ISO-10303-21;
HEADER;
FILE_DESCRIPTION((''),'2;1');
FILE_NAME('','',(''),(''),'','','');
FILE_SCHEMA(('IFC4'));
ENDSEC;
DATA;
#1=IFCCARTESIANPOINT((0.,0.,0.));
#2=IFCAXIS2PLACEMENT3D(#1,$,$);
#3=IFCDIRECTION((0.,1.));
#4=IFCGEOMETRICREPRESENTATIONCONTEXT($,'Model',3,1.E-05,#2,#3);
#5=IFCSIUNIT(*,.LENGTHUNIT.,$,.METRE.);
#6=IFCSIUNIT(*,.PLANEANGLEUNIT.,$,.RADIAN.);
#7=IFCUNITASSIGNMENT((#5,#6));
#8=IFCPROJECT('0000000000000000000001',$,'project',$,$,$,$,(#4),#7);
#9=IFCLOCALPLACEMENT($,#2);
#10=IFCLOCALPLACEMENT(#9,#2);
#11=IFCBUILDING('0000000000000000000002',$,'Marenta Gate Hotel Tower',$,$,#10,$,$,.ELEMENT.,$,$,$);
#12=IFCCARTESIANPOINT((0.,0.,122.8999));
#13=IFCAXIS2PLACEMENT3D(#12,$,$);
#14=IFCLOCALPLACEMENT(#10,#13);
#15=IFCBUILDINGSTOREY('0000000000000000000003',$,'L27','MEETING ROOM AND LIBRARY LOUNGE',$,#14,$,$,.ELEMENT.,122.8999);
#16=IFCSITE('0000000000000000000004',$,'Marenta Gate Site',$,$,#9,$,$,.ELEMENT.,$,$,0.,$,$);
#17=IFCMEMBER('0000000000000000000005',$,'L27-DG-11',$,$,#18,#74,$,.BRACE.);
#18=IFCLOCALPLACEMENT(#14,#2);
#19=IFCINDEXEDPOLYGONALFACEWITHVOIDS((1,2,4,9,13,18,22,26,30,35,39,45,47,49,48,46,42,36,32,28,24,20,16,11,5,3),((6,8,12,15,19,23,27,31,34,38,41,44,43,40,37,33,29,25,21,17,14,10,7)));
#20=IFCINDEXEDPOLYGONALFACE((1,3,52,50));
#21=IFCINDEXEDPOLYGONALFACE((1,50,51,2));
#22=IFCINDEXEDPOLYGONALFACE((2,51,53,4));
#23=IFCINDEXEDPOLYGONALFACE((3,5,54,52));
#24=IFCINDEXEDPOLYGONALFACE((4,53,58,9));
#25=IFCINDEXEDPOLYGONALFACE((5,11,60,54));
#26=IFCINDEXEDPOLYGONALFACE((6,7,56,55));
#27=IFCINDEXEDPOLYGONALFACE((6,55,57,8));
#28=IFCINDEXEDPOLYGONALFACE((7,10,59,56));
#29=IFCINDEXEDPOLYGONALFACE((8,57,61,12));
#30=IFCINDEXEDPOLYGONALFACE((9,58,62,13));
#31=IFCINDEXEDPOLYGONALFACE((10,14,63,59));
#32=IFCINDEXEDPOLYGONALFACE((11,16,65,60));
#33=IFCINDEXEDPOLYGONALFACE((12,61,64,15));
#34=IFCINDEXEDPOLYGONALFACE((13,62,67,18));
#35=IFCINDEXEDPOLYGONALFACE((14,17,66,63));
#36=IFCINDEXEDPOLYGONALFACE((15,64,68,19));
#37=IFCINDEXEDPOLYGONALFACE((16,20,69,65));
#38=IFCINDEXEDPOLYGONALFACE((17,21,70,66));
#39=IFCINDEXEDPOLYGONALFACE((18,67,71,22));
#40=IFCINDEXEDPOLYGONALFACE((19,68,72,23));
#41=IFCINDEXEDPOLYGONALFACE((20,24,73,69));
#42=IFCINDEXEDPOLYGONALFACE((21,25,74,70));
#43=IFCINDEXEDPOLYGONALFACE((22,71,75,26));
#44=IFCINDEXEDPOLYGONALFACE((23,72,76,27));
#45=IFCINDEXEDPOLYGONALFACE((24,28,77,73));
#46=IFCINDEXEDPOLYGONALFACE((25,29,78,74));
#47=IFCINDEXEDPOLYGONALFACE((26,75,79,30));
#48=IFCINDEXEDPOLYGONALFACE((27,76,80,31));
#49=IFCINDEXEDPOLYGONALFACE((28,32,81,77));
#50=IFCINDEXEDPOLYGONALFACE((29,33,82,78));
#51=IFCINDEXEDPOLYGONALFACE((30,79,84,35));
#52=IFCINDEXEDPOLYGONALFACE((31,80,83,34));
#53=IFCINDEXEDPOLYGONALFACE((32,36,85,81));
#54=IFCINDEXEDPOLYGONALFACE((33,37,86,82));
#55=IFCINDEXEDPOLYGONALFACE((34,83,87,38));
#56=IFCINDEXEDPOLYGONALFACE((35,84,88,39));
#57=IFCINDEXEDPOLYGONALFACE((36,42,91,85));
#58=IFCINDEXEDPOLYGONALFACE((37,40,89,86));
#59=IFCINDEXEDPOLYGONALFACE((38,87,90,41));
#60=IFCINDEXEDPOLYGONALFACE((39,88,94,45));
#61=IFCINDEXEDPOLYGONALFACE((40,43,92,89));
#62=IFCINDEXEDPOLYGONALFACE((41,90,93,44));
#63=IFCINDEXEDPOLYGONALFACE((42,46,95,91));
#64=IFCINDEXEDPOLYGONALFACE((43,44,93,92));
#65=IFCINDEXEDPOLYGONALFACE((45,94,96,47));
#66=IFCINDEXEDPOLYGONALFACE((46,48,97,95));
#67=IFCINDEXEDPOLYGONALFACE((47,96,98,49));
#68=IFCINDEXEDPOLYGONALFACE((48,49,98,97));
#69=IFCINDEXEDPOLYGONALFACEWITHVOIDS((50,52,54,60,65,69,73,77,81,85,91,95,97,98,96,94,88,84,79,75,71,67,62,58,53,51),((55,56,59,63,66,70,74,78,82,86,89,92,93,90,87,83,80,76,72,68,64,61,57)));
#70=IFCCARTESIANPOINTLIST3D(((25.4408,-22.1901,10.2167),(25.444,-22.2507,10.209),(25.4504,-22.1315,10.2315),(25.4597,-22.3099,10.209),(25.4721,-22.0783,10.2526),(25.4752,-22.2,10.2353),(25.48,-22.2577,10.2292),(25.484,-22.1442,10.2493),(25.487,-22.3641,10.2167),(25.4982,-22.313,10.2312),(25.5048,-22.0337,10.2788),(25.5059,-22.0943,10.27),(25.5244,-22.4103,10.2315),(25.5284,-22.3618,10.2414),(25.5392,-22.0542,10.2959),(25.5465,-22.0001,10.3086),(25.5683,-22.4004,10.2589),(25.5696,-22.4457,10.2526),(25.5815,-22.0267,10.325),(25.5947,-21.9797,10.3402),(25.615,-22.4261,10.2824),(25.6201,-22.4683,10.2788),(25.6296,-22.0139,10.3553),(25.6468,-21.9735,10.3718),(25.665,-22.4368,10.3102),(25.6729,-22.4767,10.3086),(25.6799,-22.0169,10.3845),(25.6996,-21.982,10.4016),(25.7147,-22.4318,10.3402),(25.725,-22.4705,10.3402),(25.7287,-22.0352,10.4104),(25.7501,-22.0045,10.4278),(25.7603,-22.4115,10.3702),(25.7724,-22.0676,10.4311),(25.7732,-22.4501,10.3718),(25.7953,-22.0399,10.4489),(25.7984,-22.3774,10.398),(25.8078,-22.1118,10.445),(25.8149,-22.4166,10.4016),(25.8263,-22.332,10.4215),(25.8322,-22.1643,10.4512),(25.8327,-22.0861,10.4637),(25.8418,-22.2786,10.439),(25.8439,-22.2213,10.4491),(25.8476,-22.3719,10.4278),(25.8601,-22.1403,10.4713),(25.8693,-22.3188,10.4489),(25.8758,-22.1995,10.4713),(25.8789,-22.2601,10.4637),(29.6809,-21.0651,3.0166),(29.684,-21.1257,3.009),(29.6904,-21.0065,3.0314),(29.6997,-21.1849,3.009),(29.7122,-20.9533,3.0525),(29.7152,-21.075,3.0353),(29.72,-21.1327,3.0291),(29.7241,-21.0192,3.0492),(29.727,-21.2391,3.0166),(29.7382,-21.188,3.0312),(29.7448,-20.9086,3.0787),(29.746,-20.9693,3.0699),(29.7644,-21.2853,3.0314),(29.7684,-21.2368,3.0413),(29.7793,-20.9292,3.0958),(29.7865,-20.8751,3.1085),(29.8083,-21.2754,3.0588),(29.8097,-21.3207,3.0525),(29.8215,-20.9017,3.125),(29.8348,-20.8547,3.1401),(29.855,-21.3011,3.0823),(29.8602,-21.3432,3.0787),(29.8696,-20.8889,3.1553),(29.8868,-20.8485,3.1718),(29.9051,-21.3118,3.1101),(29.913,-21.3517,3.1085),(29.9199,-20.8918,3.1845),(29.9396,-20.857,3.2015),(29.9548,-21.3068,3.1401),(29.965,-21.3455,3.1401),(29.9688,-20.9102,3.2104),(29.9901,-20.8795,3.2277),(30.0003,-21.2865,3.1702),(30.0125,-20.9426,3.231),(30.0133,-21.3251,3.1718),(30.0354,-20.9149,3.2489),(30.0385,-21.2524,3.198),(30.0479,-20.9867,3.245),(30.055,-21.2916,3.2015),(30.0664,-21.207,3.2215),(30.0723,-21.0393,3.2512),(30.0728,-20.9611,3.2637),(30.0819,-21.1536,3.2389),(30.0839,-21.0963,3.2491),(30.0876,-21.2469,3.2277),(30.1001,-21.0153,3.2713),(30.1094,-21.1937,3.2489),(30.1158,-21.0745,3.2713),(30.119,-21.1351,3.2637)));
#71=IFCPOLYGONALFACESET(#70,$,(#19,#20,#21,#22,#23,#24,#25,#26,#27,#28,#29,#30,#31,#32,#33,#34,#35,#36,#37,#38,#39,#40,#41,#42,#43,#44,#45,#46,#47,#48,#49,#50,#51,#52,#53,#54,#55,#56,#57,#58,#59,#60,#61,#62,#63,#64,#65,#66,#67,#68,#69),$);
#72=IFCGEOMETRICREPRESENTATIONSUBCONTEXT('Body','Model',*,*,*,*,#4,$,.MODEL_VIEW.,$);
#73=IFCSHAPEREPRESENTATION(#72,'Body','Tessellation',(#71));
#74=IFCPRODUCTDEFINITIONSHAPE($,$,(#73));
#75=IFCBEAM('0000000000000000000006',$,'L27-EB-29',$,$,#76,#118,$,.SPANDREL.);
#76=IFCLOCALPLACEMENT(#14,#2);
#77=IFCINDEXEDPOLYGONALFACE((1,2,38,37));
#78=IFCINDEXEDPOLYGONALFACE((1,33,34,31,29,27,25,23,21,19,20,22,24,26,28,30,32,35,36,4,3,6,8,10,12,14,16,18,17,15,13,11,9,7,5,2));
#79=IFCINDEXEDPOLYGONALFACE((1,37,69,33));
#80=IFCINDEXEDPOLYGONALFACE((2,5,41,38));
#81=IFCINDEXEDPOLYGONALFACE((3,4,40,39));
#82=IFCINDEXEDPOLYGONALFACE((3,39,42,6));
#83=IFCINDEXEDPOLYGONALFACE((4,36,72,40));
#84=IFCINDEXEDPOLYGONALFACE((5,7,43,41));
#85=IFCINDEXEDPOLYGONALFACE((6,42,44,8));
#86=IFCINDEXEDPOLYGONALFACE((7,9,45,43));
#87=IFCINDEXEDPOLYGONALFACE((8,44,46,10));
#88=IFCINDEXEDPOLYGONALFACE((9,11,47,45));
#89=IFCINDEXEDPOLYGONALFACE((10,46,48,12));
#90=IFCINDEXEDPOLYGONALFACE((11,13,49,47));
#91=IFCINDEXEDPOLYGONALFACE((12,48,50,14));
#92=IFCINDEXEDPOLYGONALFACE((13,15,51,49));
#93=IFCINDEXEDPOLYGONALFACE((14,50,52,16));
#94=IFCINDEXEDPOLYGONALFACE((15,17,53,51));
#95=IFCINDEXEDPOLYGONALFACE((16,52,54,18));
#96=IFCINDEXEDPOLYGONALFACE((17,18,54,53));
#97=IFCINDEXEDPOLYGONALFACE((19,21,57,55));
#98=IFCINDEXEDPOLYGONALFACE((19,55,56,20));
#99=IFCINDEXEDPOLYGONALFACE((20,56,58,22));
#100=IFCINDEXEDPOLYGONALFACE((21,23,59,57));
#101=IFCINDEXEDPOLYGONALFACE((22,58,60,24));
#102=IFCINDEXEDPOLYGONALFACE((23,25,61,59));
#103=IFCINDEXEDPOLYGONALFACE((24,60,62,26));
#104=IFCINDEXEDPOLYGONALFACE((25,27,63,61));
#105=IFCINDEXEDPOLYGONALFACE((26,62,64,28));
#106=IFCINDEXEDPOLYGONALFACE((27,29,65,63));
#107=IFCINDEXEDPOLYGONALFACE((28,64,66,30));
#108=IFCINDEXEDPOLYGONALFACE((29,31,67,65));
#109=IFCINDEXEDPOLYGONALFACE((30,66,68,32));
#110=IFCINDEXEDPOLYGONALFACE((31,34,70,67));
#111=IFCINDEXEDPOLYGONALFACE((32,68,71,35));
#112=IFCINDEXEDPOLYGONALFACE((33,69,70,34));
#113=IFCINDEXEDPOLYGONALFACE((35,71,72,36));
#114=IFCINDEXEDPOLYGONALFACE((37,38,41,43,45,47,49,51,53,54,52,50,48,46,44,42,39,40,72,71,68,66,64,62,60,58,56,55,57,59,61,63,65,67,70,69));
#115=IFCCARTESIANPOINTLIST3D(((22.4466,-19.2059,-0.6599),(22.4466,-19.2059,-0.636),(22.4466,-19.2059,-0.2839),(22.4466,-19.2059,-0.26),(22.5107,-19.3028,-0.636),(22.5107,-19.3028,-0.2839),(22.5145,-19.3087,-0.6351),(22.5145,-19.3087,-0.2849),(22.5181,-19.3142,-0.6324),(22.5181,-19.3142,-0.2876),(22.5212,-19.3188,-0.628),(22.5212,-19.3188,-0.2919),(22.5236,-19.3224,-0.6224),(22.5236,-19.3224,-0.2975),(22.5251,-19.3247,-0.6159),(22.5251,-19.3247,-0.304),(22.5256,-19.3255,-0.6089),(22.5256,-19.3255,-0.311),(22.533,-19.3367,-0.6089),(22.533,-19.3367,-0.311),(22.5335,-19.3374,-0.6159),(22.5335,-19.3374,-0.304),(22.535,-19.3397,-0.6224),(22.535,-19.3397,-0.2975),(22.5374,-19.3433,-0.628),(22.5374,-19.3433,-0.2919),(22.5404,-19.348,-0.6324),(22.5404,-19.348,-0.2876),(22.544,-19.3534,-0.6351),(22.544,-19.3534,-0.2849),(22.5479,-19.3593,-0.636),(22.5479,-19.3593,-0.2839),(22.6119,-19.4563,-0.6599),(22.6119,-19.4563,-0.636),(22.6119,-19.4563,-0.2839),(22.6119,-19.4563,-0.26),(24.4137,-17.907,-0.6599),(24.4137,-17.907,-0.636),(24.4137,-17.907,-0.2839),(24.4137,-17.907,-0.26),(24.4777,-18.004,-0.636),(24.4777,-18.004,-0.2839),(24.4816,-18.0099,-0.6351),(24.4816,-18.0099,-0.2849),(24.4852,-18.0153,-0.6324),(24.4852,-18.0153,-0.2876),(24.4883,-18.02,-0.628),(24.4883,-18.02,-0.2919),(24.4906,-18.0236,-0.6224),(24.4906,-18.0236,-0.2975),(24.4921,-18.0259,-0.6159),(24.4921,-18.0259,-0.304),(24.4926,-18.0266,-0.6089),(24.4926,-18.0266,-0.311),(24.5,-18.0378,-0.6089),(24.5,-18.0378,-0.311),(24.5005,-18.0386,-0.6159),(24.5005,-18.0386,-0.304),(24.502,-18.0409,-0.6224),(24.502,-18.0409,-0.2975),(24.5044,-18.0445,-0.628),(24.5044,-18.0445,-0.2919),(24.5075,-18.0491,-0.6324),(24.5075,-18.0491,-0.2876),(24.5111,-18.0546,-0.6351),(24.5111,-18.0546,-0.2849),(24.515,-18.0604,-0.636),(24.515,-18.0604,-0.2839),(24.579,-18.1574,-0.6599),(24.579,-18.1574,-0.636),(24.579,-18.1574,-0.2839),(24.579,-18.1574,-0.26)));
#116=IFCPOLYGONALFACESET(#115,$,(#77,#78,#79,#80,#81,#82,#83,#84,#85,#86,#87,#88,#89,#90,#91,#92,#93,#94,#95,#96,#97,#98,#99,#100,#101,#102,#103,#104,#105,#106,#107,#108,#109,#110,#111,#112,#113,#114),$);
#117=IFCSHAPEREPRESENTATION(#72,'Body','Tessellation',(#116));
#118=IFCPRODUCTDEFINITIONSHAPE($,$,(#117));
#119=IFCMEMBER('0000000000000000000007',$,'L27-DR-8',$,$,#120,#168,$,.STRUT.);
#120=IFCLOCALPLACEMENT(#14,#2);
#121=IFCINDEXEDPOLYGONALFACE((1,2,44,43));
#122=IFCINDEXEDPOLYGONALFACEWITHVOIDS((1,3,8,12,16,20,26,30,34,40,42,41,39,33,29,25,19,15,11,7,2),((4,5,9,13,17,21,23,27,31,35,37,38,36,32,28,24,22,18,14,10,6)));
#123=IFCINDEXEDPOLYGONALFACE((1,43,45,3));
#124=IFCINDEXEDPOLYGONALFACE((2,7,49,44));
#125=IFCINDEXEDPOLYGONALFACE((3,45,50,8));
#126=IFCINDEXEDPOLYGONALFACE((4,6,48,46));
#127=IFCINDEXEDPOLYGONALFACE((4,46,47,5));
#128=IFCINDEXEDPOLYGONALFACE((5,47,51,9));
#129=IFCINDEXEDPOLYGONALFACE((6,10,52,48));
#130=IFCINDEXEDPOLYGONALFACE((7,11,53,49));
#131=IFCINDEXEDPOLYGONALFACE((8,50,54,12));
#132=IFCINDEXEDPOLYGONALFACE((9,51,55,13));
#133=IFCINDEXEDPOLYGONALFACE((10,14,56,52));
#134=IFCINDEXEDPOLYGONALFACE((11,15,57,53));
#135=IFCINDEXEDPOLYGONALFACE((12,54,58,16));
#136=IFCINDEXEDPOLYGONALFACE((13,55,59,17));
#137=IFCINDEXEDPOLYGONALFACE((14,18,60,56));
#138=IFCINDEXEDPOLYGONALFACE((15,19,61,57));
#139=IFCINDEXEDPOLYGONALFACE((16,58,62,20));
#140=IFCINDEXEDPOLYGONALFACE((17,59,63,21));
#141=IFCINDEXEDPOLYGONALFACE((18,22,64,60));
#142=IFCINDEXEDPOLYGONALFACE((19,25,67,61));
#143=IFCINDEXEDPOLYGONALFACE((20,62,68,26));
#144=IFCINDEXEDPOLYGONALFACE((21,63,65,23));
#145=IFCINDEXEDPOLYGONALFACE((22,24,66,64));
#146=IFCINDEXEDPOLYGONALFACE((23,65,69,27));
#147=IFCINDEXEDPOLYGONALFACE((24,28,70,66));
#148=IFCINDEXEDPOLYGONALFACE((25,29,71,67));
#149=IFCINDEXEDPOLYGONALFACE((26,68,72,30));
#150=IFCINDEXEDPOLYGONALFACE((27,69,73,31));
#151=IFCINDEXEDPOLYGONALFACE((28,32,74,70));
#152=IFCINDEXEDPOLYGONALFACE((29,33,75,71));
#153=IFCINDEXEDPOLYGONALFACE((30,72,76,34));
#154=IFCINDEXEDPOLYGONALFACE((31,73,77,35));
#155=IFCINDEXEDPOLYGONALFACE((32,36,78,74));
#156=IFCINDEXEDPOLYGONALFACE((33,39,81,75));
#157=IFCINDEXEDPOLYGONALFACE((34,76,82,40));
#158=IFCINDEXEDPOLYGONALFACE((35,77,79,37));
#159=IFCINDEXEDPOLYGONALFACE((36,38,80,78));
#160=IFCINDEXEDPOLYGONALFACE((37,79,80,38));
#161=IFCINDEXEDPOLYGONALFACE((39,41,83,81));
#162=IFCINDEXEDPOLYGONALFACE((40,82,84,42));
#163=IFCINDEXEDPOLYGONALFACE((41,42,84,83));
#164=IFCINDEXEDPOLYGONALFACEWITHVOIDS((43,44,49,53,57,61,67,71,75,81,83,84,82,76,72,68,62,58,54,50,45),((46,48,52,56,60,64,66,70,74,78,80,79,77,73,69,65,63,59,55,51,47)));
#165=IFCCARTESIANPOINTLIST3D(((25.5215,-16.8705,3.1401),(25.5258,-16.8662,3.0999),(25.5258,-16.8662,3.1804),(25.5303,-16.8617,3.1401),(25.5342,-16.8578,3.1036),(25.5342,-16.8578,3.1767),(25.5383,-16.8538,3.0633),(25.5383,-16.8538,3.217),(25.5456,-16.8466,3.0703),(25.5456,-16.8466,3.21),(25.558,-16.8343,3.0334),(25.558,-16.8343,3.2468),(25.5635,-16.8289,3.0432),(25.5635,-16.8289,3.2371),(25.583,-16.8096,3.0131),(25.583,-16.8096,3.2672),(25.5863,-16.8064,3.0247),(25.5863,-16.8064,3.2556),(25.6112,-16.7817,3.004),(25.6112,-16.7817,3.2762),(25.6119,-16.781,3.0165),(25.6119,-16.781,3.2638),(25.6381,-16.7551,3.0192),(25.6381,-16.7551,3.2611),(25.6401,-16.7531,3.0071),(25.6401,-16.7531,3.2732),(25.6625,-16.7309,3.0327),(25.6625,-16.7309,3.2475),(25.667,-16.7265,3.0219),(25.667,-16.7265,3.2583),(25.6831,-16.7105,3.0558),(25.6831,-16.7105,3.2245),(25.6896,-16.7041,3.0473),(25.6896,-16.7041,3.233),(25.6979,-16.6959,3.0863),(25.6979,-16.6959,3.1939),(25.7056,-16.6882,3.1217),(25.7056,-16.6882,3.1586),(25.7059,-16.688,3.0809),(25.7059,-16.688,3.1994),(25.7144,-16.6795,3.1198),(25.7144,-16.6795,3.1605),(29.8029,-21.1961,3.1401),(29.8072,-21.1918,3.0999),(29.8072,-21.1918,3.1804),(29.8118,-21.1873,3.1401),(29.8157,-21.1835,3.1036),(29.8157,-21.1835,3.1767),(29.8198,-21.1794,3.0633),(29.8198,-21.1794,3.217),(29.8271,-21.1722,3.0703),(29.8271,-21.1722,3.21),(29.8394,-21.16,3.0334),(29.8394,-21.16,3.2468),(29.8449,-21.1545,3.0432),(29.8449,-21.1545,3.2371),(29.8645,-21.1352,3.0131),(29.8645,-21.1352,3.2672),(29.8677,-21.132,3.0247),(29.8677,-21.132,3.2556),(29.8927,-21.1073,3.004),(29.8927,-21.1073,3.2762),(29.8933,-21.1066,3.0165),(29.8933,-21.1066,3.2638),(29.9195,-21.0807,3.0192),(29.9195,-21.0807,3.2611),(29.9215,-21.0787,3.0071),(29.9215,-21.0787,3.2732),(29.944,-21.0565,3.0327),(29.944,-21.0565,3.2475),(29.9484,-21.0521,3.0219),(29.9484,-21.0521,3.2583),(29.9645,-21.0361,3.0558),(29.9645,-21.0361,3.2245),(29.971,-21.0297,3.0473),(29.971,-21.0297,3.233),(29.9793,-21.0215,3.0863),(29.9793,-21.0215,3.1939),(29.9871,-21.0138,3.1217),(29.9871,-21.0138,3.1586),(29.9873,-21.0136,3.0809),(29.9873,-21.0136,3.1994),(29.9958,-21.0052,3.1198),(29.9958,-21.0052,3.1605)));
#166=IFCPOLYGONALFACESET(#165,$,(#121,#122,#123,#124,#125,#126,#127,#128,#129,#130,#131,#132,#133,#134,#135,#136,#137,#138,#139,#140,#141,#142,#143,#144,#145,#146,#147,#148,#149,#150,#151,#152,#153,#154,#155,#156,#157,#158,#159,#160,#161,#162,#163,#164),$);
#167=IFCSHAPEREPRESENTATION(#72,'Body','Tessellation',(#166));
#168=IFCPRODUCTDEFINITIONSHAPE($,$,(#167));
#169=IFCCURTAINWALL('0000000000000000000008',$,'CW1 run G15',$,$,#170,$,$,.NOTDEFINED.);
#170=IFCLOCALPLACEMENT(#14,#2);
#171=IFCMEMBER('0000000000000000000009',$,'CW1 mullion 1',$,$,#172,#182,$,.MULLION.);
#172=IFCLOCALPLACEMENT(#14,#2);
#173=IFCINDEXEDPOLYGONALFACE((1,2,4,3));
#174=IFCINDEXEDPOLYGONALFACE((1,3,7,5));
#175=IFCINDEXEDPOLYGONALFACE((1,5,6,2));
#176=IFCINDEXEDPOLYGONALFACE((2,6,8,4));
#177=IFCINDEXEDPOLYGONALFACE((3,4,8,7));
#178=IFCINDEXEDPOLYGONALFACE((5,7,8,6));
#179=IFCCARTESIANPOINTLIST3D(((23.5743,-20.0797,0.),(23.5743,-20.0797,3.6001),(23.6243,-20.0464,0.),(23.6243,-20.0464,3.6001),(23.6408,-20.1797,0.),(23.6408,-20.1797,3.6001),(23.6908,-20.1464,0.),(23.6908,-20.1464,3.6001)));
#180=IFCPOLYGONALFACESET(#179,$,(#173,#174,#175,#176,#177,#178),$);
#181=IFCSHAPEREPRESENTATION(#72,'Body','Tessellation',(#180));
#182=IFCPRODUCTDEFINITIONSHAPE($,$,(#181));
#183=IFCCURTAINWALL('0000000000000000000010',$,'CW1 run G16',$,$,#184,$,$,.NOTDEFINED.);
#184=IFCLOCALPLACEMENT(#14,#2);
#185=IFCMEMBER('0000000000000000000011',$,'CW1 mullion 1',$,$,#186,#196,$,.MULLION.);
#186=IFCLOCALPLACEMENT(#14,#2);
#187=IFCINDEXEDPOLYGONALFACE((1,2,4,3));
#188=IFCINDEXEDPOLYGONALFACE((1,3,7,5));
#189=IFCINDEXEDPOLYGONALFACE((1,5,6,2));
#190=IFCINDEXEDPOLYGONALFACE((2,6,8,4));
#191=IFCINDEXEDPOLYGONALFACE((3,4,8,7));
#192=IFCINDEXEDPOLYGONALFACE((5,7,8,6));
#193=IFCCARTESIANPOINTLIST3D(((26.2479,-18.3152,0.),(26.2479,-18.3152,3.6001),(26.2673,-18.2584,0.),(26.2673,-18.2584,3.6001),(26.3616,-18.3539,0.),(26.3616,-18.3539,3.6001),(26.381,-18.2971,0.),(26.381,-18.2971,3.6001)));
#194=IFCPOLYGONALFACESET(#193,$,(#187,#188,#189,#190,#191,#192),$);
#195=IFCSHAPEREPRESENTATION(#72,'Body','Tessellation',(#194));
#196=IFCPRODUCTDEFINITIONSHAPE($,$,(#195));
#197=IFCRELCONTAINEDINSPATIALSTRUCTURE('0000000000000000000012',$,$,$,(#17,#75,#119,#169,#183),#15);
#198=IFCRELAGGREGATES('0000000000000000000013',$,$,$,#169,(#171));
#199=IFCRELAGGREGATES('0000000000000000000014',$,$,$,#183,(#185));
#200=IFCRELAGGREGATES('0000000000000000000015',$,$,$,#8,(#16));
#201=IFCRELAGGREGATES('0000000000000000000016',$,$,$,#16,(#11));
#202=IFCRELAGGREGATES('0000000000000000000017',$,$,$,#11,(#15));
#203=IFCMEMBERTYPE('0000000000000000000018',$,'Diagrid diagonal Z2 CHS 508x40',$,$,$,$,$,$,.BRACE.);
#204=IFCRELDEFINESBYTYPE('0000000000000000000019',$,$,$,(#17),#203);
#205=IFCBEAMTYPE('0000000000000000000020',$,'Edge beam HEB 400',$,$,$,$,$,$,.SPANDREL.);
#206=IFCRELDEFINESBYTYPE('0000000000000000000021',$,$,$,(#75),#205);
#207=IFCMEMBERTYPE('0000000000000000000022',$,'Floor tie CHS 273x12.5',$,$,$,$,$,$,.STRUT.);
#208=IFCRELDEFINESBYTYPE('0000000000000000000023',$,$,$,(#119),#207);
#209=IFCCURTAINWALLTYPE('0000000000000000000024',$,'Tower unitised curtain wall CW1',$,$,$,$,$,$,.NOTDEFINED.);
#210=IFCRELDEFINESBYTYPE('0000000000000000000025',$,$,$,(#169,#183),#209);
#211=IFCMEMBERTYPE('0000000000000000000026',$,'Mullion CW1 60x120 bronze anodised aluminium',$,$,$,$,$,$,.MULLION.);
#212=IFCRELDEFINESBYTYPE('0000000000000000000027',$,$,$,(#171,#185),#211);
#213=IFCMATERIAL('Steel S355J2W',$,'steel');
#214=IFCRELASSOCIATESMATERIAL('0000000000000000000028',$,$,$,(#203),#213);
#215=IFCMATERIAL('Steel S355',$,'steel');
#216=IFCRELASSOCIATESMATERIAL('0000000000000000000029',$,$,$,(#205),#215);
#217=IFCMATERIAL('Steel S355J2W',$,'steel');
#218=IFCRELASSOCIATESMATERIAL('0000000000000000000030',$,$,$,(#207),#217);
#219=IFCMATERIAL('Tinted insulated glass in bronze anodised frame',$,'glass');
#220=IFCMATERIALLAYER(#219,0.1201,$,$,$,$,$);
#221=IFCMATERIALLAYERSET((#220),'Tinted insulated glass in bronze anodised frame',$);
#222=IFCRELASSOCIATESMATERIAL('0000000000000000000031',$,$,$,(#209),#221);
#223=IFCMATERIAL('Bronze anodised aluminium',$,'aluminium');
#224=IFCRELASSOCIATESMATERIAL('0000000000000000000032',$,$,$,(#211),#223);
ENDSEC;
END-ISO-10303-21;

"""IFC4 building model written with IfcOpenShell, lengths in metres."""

from ifc_helpers import new_model, si_unit, direction, frame, origin, origin_2d, place, context, subcontext, project, spatial, rectangle, hollow_circle, i_section, extrude, material, layer, layer_set, material_profile, profile_set, type_object, element, aggregate, save


model = new_model("IFC4")

# Units and contexts
model_context = context("Model", 3, precision=1e-05, world=origin(), true_north=direction((0.0, 1.0)))
body_context = subcontext(model_context, "Body", "Model", "MODEL_VIEW")
ifc_project = project(units=[si_unit("LENGTHUNIT", "METRE"), si_unit("PLANEANGLEUNIT", "RADIAN")], contexts=[model_context])

# Site, building, storey
site_placement = place(None, origin())
site = spatial("IfcSite", under=ifc_project, at=site_placement, Name="Marenta Gate Site", CompositionType="ELEMENT", RefElevation=0.0)
building_placement = place(site_placement, origin())
building = spatial("IfcBuilding", under=site, at=building_placement, Name="Marenta Gate Hotel Tower", CompositionType="ELEMENT")
storey_placement = place(building_placement, frame((0.0, 0.0, 122.8999)))
storey = spatial("IfcBuildingStorey", under=building, at=storey_placement, Name="L27", Description="MEETING ROOM AND LIBRARY LOUNGE", CompositionType="ELEMENT", Elevation=122.8999)

# Member
ifc_material_1 = material(Name="Steel S355J2W", Category="steel")
ifc_material_profile_1 = material_profile(ifc_material_1, hollow_circle(Radius=0.2539, WallThickness=0.04, at=origin_2d()), Name="CHS 508x40")
ifc_profile_set_1 = profile_set([ifc_material_profile_1], Name="Steel S355J2W")
member_type_1 = type_object("IfcMemberType", Name="Diagrid diagonal Z2 CHS 508x40", PredefinedType="BRACE", material=ifc_profile_set_1)
member_1_placement = place(storey_placement, frame((29.8999, -21.1001, 3.1401), z_axis=(-0.502902, -0.133435, 0.853981), x_axis=(0.256457, -0.966556, 0.0)))
element("IfcMember", 1, at=member_1_placement, inside=storey, type_object=member_type_1, Name="L27-DG-11", PredefinedType="BRACE", context=body_context, shape_type="SweptSolid", body=[
    extrude(hollow_circle(Radius=0.2539, WallThickness=0.04, at=origin_2d()), origin(), (0.0, 0.0, 1.0), 8.4312),
])

# Beam
ifc_material_2 = material(Name="Steel S355", Category="steel")
ifc_material_profile_2 = material_profile(ifc_material_2, i_section(OverallWidth=0.3, OverallDepth=0.3999, WebThickness=0.0134, FlangeThickness=0.0239, FilletRadius=0.0271, at=origin_2d()), Name="HEB 400")
ifc_profile_set_2 = profile_set([ifc_material_profile_2], Name="Steel S355")
beam_type = type_object("IfcBeamType", Name="Edge beam HEB 400", PredefinedType="SPANDREL", material=ifc_profile_set_2)
beam_placement = place(storey_placement, frame((24.4963, -18.0322, -0.46), z_axis=(-0.834496, -0.551014, 0.0), x_axis=(0.551014, -0.834496, 0.0)))
element("IfcBeam", 2, at=beam_placement, inside=storey, type_object=beam_type, Name="L27-EB-29", PredefinedType="SPANDREL", context=body_context, shape_type="SweptSolid", body=[
    extrude(i_section(OverallWidth=0.3, OverallDepth=0.3999, WebThickness=0.0134, FlangeThickness=0.0239, FilletRadius=0.0271, at=origin_2d()), origin(), (0.0, 0.0, 1.0), 2.3572),
])

# Member
ifc_material_3 = material(Name="Steel S355J2W", Category="steel")
ifc_material_profile_3 = material_profile(ifc_material_3, hollow_circle(Radius=0.1365, WallThickness=0.0125, at=origin_2d()), Name="CHS 273x12.5")
ifc_profile_set_3 = profile_set([ifc_material_profile_3], Name="Steel S355J2W")
member_type_2 = type_object("IfcMemberType", Name="Floor tie CHS 273x12.5", PredefinedType="STRUT", material=ifc_profile_set_3)
member_2_placement = place(storey_placement, frame((29.8999, -21.1001, 3.1401), z_axis=(-0.703467, 0.710728, 0.0), x_axis=(-0.710728, -0.703467, 0.0)))
element("IfcMember", 3, at=member_2_placement, inside=storey, type_object=member_type_2, Name="L27-DR-8", PredefinedType="STRUT", context=body_context, shape_type="SweptSolid", body=[
    extrude(hollow_circle(Radius=0.1365, WallThickness=0.0125, at=origin_2d()), origin(), (0.0, 0.0, 1.0), 6.0862),
])

# Curtain walls, members
ifc_material_4 = material(Name="Tinted insulated glass in bronze anodised frame", Category="glass")
ifc_layer_1 = layer(ifc_material_4, 0.1201)
ifc_layer_set_1 = layer_set([ifc_layer_1], Name="Tinted insulated glass in bronze anodised frame")
curtain_wall_type = type_object("IfcCurtainWallType", Name="Tower unitised curtain wall CW1", PredefinedType="NOTDEFINED", material=ifc_layer_set_1)
curtain_wall_1_placement = place(storey_placement, origin())
curtain_wall_1 = element("IfcCurtainWall", 4, at=curtain_wall_1_placement, inside=storey, type_object=curtain_wall_type, Name="CW1 run G15", PredefinedType="NOTDEFINED")
ifc_material_5 = material(Name="Bronze anodised aluminium", Category="aluminium")
ifc_material_profile_4 = material_profile(ifc_material_5, rectangle(XDim=0.1201, YDim=0.0601, at=origin_2d()), Name="Mullion CW1 60x120 bronze anodised aluminium")
ifc_profile_set_4 = profile_set([ifc_material_profile_4], Name="Bronze anodised aluminium")
member_type_3 = type_object("IfcMemberType", Name="Mullion CW1 60x120 bronze anodised aluminium", PredefinedType="MULLION", material=ifc_profile_set_4)
member_3_placement = place(storey_placement, frame((23.6326, -20.113, 0.0), z_axis=(0.0, 0.0, 1.0), x_axis=(-0.554016, 0.832506, 0.0)))
member_3 = element("IfcMember", 5, at=member_3_placement, type_object=member_type_3, Name="CW1 mullion 1", PredefinedType="MULLION", context=body_context, shape_type="SweptSolid", body=[
    extrude(rectangle(XDim=0.1201, YDim=0.0601, at=origin_2d()), origin(), (0.0, 0.0, 1.0), 3.6001),
])
curtain_wall_2_placement = place(storey_placement, origin())
curtain_wall_2 = element("IfcCurtainWall", 6, at=curtain_wall_2_placement, inside=storey, type_object=curtain_wall_type, Name="CW1 run G16", PredefinedType="NOTDEFINED")
member_4_placement = place(storey_placement, frame((26.3145, -18.3062, 0.0), z_axis=(0.0, 0.0, 1.0), x_axis=(-0.946727, 0.322037, 0.0)))
member_4 = element("IfcMember", 7, at=member_4_placement, type_object=member_type_3, Name="CW1 mullion 1", PredefinedType="MULLION", context=body_context, shape_type="SweptSolid", body=[
    extrude(rectangle(XDim=0.1201, YDim=0.0601, at=origin_2d()), origin(), (0.0, 0.0, 1.0), 3.6001),
])

aggregate(curtain_wall_1, [member_3])
aggregate(curtain_wall_2, [member_4])

save(model, "model.ifc")
